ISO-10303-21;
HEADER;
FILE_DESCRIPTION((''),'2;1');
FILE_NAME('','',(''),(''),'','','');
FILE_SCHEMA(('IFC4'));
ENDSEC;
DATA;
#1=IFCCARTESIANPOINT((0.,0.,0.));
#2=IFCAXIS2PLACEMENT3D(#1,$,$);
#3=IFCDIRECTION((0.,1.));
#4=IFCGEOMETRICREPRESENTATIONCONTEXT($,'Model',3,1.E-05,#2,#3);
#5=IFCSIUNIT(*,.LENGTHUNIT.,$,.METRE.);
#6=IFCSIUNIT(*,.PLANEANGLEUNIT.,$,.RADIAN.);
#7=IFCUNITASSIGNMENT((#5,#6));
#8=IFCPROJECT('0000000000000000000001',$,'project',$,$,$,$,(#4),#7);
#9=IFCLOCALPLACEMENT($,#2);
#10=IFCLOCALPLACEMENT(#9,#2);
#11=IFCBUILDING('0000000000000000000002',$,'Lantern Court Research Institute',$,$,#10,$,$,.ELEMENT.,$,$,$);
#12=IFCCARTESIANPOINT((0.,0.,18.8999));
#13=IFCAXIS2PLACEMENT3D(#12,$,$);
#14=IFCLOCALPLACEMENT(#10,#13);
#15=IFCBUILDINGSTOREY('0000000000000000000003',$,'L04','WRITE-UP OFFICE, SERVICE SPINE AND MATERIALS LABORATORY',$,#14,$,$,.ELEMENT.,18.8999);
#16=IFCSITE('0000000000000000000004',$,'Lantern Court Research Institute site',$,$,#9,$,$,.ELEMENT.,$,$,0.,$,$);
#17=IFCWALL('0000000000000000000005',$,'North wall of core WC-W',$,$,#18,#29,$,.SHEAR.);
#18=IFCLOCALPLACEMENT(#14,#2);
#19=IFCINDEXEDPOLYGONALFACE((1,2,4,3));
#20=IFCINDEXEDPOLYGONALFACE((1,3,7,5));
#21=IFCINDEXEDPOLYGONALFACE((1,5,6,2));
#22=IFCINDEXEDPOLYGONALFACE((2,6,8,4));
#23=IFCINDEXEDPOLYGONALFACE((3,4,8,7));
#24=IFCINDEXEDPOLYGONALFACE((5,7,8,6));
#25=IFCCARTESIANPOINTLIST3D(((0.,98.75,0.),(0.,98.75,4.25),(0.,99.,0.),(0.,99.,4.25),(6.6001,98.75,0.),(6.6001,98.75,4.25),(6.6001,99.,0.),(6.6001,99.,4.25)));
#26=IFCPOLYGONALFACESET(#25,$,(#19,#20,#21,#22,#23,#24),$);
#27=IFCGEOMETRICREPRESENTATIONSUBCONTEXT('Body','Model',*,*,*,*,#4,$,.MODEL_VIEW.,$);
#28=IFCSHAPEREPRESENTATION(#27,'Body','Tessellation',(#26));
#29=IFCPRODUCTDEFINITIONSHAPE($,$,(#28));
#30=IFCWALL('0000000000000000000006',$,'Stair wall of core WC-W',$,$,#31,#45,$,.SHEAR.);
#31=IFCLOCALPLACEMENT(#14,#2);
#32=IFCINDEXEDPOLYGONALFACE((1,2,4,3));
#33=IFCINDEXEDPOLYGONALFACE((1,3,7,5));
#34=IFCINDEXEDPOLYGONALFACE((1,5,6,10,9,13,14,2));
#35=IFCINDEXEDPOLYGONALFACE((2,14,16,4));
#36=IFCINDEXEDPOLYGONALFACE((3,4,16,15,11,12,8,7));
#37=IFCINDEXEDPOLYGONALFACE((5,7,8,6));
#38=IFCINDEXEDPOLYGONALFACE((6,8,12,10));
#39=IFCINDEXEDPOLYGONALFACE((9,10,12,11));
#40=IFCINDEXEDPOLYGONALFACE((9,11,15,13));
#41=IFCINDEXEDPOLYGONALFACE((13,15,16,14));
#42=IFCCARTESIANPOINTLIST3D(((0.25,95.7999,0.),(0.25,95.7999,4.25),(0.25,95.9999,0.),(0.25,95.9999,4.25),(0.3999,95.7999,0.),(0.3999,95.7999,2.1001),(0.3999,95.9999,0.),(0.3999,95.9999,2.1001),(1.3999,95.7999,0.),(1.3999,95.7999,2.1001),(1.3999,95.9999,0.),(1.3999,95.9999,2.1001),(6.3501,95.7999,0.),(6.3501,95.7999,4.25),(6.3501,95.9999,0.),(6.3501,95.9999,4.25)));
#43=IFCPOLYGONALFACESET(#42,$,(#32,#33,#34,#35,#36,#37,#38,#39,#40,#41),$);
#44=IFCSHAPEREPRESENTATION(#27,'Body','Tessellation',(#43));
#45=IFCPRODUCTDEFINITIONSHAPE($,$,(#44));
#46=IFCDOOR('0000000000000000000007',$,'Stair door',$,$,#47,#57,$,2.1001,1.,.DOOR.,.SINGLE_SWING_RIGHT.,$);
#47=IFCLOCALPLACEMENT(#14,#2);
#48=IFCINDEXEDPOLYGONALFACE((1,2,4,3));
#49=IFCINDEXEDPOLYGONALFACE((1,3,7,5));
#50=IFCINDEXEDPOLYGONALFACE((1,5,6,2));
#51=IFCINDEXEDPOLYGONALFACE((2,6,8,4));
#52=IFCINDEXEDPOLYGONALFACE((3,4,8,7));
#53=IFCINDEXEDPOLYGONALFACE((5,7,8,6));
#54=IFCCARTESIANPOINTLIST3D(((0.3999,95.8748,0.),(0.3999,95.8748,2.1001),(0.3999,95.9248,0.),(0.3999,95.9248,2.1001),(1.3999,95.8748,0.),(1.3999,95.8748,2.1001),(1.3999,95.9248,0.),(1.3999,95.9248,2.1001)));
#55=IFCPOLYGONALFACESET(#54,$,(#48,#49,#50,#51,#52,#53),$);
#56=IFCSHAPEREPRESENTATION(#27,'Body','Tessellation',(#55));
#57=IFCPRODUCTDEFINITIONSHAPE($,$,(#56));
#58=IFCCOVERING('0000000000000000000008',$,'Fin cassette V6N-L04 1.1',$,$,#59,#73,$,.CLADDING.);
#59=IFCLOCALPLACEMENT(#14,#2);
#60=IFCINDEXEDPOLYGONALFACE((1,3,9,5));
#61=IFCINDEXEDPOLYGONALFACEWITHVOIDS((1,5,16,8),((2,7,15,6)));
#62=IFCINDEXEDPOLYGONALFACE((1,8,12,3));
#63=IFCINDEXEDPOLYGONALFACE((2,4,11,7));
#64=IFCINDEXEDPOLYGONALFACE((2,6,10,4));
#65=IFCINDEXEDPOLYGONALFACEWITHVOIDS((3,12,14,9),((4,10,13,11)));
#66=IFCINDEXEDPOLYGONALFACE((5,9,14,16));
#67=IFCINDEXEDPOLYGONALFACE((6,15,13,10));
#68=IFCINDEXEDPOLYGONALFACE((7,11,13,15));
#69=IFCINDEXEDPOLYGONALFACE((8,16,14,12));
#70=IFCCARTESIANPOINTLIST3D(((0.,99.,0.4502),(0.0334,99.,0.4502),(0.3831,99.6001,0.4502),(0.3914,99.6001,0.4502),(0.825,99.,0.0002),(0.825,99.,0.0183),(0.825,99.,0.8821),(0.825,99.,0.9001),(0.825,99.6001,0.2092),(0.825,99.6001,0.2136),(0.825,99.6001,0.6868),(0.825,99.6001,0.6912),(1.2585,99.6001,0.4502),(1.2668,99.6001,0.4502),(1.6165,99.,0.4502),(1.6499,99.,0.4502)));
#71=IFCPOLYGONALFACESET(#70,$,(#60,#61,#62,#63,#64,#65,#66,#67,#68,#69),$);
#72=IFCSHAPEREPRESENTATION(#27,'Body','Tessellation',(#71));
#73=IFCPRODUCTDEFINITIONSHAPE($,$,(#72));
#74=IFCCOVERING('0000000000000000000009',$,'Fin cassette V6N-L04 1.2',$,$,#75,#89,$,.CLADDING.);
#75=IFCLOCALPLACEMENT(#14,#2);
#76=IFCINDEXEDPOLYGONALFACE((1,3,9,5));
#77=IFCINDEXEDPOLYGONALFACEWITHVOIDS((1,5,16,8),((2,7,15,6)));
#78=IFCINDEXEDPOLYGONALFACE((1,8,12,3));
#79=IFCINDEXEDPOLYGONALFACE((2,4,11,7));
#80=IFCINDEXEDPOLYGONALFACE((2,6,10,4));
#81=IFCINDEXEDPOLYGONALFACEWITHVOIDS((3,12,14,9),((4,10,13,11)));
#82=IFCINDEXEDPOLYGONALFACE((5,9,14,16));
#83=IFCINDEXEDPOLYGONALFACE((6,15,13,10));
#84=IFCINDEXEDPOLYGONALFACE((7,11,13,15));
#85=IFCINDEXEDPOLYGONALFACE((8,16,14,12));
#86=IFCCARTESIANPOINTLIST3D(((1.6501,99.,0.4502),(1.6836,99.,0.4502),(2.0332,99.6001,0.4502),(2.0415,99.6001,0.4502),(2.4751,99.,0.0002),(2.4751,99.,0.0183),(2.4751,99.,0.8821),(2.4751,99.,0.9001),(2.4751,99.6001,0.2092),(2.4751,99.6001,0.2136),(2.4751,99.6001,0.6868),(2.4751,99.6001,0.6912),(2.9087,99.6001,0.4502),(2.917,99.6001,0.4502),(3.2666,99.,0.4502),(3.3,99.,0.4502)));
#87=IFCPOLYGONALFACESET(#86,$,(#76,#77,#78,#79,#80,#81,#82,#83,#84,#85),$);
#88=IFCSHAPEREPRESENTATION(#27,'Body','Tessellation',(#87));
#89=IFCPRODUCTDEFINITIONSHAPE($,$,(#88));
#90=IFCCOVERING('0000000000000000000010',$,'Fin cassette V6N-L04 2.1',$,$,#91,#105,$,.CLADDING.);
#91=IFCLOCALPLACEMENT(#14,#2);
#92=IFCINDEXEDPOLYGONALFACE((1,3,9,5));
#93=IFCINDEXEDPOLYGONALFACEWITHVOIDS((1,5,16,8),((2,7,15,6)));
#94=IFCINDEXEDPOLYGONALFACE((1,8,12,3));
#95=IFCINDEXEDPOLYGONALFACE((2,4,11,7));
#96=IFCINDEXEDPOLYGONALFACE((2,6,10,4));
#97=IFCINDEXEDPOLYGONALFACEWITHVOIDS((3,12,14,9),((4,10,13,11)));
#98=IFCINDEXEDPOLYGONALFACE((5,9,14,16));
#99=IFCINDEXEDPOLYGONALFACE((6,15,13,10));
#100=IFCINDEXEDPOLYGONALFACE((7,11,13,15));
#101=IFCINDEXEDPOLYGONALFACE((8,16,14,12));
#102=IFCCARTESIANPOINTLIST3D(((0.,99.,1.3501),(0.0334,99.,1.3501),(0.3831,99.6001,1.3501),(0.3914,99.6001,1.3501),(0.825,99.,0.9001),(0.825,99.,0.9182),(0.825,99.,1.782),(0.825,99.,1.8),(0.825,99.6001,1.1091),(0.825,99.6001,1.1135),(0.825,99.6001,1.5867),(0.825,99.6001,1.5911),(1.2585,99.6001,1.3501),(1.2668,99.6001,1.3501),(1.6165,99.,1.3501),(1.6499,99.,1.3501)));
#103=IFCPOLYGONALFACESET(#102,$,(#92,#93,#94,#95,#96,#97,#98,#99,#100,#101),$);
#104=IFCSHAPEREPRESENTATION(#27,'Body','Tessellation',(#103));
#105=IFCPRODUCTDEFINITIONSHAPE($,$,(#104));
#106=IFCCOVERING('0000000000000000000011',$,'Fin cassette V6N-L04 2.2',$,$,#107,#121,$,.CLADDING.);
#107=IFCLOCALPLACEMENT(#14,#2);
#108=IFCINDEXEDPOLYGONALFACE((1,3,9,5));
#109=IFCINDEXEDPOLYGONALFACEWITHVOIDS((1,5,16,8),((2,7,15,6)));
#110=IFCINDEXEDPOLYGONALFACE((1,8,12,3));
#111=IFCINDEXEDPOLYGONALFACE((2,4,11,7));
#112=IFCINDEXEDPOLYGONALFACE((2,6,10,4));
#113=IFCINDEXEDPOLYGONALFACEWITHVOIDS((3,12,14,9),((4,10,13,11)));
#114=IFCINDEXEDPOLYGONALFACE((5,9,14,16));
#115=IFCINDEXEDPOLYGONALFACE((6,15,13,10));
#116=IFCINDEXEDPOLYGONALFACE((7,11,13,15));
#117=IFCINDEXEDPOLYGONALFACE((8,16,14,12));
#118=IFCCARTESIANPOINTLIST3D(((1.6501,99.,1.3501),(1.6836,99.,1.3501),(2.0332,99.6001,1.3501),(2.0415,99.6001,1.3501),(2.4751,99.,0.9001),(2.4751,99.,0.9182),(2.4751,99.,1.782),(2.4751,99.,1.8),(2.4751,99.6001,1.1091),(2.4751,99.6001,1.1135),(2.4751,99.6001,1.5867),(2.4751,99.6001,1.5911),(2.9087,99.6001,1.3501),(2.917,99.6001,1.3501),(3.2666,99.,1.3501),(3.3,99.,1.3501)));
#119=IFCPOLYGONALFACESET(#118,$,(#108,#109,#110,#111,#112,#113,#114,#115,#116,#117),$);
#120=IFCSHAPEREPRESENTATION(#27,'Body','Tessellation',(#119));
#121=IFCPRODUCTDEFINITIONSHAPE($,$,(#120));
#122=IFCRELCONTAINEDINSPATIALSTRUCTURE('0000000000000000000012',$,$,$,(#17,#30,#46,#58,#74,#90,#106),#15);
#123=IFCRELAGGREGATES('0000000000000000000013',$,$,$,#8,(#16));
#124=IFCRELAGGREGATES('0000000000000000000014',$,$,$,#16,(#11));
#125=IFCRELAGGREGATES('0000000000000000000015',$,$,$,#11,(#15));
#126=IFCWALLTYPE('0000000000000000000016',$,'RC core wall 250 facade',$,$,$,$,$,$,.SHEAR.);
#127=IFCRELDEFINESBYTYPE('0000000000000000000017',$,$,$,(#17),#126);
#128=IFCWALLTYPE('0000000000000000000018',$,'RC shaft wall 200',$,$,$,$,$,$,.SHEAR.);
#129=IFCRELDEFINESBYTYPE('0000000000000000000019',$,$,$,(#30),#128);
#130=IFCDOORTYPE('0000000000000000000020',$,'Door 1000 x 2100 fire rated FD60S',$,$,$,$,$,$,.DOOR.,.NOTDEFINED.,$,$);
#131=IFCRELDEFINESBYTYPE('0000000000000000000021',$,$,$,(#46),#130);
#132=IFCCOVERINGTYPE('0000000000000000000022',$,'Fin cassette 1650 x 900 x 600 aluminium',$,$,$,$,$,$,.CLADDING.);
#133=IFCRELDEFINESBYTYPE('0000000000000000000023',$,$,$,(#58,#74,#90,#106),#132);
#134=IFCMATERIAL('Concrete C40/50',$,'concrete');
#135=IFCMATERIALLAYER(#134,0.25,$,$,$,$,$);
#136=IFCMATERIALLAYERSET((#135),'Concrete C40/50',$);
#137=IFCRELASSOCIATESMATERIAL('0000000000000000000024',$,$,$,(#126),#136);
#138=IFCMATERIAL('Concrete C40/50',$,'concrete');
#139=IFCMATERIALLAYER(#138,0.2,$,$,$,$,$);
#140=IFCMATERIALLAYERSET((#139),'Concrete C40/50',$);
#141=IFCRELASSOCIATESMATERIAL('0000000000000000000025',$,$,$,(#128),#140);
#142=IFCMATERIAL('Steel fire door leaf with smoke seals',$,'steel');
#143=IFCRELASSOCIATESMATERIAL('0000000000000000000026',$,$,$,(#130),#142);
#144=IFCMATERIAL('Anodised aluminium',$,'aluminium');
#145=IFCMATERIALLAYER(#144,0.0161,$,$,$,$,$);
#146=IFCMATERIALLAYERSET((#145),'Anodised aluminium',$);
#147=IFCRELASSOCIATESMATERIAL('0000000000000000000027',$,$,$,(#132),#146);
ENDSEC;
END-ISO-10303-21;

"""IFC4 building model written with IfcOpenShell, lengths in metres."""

from ifc_helpers import new_model, entity, si_unit, direction, frame, frame_2d, origin, place, context, subcontext, project, spatial, rectangle, extrude, material, layer, layer_set, type_object, element, fill, save


model = new_model("IFC4")

# Units and contexts
model_context = context("Model", 3, precision=1e-05, world=origin(), true_north=direction((0.0, 1.0)))
body_context = subcontext(model_context, "Body", "Model", "MODEL_VIEW")
ifc_project = project(units=[si_unit("LENGTHUNIT", "METRE"), si_unit("PLANEANGLEUNIT", "RADIAN")], contexts=[model_context])

# Site, building, storey
site_placement = place(None, origin())
site = spatial("IfcSite", under=ifc_project, at=site_placement, Name="Lantern Court Research Institute site", CompositionType="ELEMENT", RefElevation=0.0)
building_placement = place(site_placement, origin())
building = spatial("IfcBuilding", under=site, at=building_placement, Name="Lantern Court Research Institute", CompositionType="ELEMENT")
storey_placement = place(building_placement, frame((0.0, 0.0, 18.8999)))
storey = spatial("IfcBuildingStorey", under=building, at=storey_placement, Name="L04", Description="WRITE-UP OFFICE, SERVICE SPINE AND MATERIALS LABORATORY", CompositionType="ELEMENT", Elevation=18.8999)

# Wall
ifc_material_1 = material(Name="Concrete C40/50", Category="concrete")
ifc_layer_1 = layer(ifc_material_1, 0.25)
ifc_layer_set_1 = layer_set([ifc_layer_1], Name="Concrete C40/50")
wall_type_1 = type_object("IfcWallType", Name="RC core wall 250 facade", PredefinedType="SHEAR", material=ifc_layer_set_1)
wall_1_placement = place(storey_placement, frame((0.0, 98.875, 0.0), z_axis=(0.0, 0.0, 1.0), x_axis=(1.0, 0.0, 0.0)))
element("IfcWall", 1, at=wall_1_placement, inside=storey, type_object=wall_type_1, Name="North wall of core WC-W", PredefinedType="SHEAR", context=body_context, shape_type="SweptSolid", body=[
    extrude(rectangle(XDim=6.6001, YDim=0.25, at=frame_2d((3.3, 0.0))), origin(), (0.0, 0.0, 1.0), 4.25),
])

# Wall, opening, door
ifc_material_2 = material(Name="Concrete C40/50", Category="concrete")
ifc_layer_2 = layer(ifc_material_2, 0.2)
ifc_layer_set_2 = layer_set([ifc_layer_2], Name="Concrete C40/50")
wall_type_2 = type_object("IfcWallType", Name="RC shaft wall 200", PredefinedType="SHEAR", material=ifc_layer_set_2)
wall_2_placement = place(storey_placement, frame((0.25, 95.8999, 0.0), z_axis=(0.0, 0.0, 1.0), x_axis=(1.0, 0.0, 0.0)))
wall_2 = element("IfcWall", 2, at=wall_2_placement, inside=storey, type_object=wall_type_2, Name="Stair wall of core WC-W", PredefinedType="SHEAR", context=body_context, shape_type="SweptSolid", body=[
    extrude(rectangle(XDim=6.1001, YDim=0.2, at=frame_2d((3.05, 0.0))), origin(), (0.0, 0.0, 1.0), 4.25),
])
opening_placement = place(wall_2_placement, frame((0.1499, 0.0, 0.0)))
opening = element("IfcOpeningElement", 3, at=opening_placement, cuts=wall_2, PredefinedType="OPENING", context=body_context, shape_type="SweptSolid", body=[
    extrude(rectangle(XDim=1.0, YDim=2.1001, at=frame_2d((0.5, 1.05))), frame((0.0, 0.1099, 0.0), z_axis=(0.0, -1.0, 0.0), x_axis=(1.0, 0.0, 0.0)), (0.0, 0.0, 1.0), 0.22),
])
ifc_material_3 = material(Name="Steel fire door leaf with smoke seals", Category="steel")
door_type = type_object("IfcDoorType", Name="Door 1000 x 2100 fire rated FD60S", OperationType="NOTDEFINED", PredefinedType="DOOR", material=ifc_material_3)
door_placement = place(opening_placement, origin())
door = element("IfcDoor", 4, at=door_placement, inside=storey, type_object=door_type, Name="Stair door", OperationType="SINGLE_SWING_RIGHT", OverallHeight=2.1001, OverallWidth=1.0, PredefinedType="DOOR", context=body_context, shape_type="SweptSolid", body=[
    extrude(rectangle(XDim=1.0, YDim=2.1001, at=frame_2d((0.5, 1.05))), frame((0.0, 0.0249, 0.0), z_axis=(0.0, -1.0, 0.0), x_axis=(1.0, 0.0, 0.0)), (0.0, 0.0, 1.0), 0.05),
])
fill(opening, door)

# Coverings
ifc_material_4 = material(Name="Anodised aluminium", Category="aluminium")
ifc_layer_3 = layer(ifc_material_4, 0.0161)
ifc_layer_set_3 = layer_set([ifc_layer_3], Name="Anodised aluminium")
covering_type = type_object("IfcCoveringType", Name="Fin cassette 1650 x 900 x 600 aluminium", PredefinedType="CLADDING", material=ifc_layer_set_3)
covering_1_placement = place(storey_placement, frame((0.825, 99.0, 0.4502), z_axis=(0.0, 1.0, 0.0), x_axis=(-1.0, 0.0, 0.0)))
cartesian_point_1 = entity("IfcCartesianPoint", [0.825, 0.0])
cartesian_point_2 = entity("IfcCartesianPoint", [0.7915, 0.0])
cartesian_point_3 = entity("IfcCartesianPoint", [0.4419, 0.0])
cartesian_point_4 = entity("IfcCartesianPoint", [0.4336, 0.0])
element("IfcCovering", 5, at=covering_1_placement, inside=storey, type_object=covering_type, Name="Fin cassette V6N-L04 1.1", PredefinedType="CLADDING", context=body_context, shape_type="SweptSolid", body=[
    entity("IfcExtrudedAreaSolidTapered", entity("IfcArbitraryProfileDefWithVoids", "AREA", None, entity("IfcPolyline", [cartesian_point_1, entity("IfcCartesianPoint", [0.0, 0.45]), entity("IfcCartesianPoint", [-0.825, 0.0]), entity("IfcCartesianPoint", [0.0, -0.45]), cartesian_point_1]), [entity("IfcPolyline", [cartesian_point_2, entity("IfcCartesianPoint", [0.0, 0.4319]), entity("IfcCartesianPoint", [-0.7915, 0.0]), entity("IfcCartesianPoint", [0.0, -0.4319]), cartesian_point_2])]), entity("IfcAxis2Placement3D", entity("IfcCartesianPoint", [0.0, 0.0, 0.0])), entity("IfcDirection", [0.0, 0.0, 1.0]), 0.6001, entity("IfcArbitraryProfileDefWithVoids", "AREA", None, entity("IfcPolyline", [cartesian_point_3, entity("IfcCartesianPoint", [0.0, 0.241]), entity("IfcCartesianPoint", [-0.4419, 0.0]), entity("IfcCartesianPoint", [0.0, -0.241]), cartesian_point_3]), [entity("IfcPolyline", [cartesian_point_4, entity("IfcCartesianPoint", [0.0, 0.2366]), entity("IfcCartesianPoint", [-0.4336, 0.0]), entity("IfcCartesianPoint", [0.0, -0.2366]), cartesian_point_4])])),
])
covering_2_placement = place(storey_placement, frame((2.4751, 99.0, 0.4502), z_axis=(0.0, 1.0, 0.0), x_axis=(-1.0, 0.0, 0.0)))
cartesian_point_5 = entity("IfcCartesianPoint", [0.825, 0.0])
cartesian_point_6 = entity("IfcCartesianPoint", [0.7915, 0.0])
cartesian_point_7 = entity("IfcCartesianPoint", [0.4419, 0.0])
cartesian_point_8 = entity("IfcCartesianPoint", [0.4336, 0.0])
element("IfcCovering", 6, at=covering_2_placement, inside=storey, type_object=covering_type, Name="Fin cassette V6N-L04 1.2", PredefinedType="CLADDING", context=body_context, shape_type="SweptSolid", body=[
    entity("IfcExtrudedAreaSolidTapered", entity("IfcArbitraryProfileDefWithVoids", "AREA", None, entity("IfcPolyline", [cartesian_point_5, entity("IfcCartesianPoint", [0.0, 0.45]), entity("IfcCartesianPoint", [-0.825, 0.0]), entity("IfcCartesianPoint", [0.0, -0.45]), cartesian_point_5]), [entity("IfcPolyline", [cartesian_point_6, entity("IfcCartesianPoint", [0.0, 0.4319]), entity("IfcCartesianPoint", [-0.7915, 0.0]), entity("IfcCartesianPoint", [0.0, -0.4319]), cartesian_point_6])]), entity("IfcAxis2Placement3D", entity("IfcCartesianPoint", [0.0, 0.0, 0.0])), entity("IfcDirection", [0.0, 0.0, 1.0]), 0.6001, entity("IfcArbitraryProfileDefWithVoids", "AREA", None, entity("IfcPolyline", [cartesian_point_7, entity("IfcCartesianPoint", [0.0, 0.241]), entity("IfcCartesianPoint", [-0.4419, 0.0]), entity("IfcCartesianPoint", [0.0, -0.241]), cartesian_point_7]), [entity("IfcPolyline", [cartesian_point_8, entity("IfcCartesianPoint", [0.0, 0.2366]), entity("IfcCartesianPoint", [-0.4336, 0.0]), entity("IfcCartesianPoint", [0.0, -0.2366]), cartesian_point_8])])),
])
covering_3_placement = place(storey_placement, frame((0.825, 99.0, 1.3501), z_axis=(0.0, 1.0, 0.0), x_axis=(-1.0, 0.0, 0.0)))
cartesian_point_9 = entity("IfcCartesianPoint", [0.825, 0.0])
cartesian_point_10 = entity("IfcCartesianPoint", [0.7915, 0.0])
cartesian_point_11 = entity("IfcCartesianPoint", [0.4419, 0.0])
cartesian_point_12 = entity("IfcCartesianPoint", [0.4336, 0.0])
element("IfcCovering", 7, at=covering_3_placement, inside=storey, type_object=covering_type, Name="Fin cassette V6N-L04 2.1", PredefinedType="CLADDING", context=body_context, shape_type="SweptSolid", body=[
    entity("IfcExtrudedAreaSolidTapered", entity("IfcArbitraryProfileDefWithVoids", "AREA", None, entity("IfcPolyline", [cartesian_point_9, entity("IfcCartesianPoint", [0.0, 0.45]), entity("IfcCartesianPoint", [-0.825, 0.0]), entity("IfcCartesianPoint", [0.0, -0.45]), cartesian_point_9]), [entity("IfcPolyline", [cartesian_point_10, entity("IfcCartesianPoint", [0.0, 0.4319]), entity("IfcCartesianPoint", [-0.7915, 0.0]), entity("IfcCartesianPoint", [0.0, -0.4319]), cartesian_point_10])]), entity("IfcAxis2Placement3D", entity("IfcCartesianPoint", [0.0, 0.0, 0.0])), entity("IfcDirection", [0.0, 0.0, 1.0]), 0.6001, entity("IfcArbitraryProfileDefWithVoids", "AREA", None, entity("IfcPolyline", [cartesian_point_11, entity("IfcCartesianPoint", [0.0, 0.241]), entity("IfcCartesianPoint", [-0.4419, 0.0]), entity("IfcCartesianPoint", [0.0, -0.241]), cartesian_point_11]), [entity("IfcPolyline", [cartesian_point_12, entity("IfcCartesianPoint", [0.0, 0.2366]), entity("IfcCartesianPoint", [-0.4336, 0.0]), entity("IfcCartesianPoint", [0.0, -0.2366]), cartesian_point_12])])),
])
covering_4_placement = place(storey_placement, frame((2.4751, 99.0, 1.3501), z_axis=(0.0, 1.0, 0.0), x_axis=(-1.0, 0.0, 0.0)))
cartesian_point_13 = entity("IfcCartesianPoint", [0.825, 0.0])
cartesian_point_14 = entity("IfcCartesianPoint", [0.7915, 0.0])
cartesian_point_15 = entity("IfcCartesianPoint", [0.4419, 0.0])
cartesian_point_16 = entity("IfcCartesianPoint", [0.4336, 0.0])
element("IfcCovering", 8, at=covering_4_placement, inside=storey, type_object=covering_type, Name="Fin cassette V6N-L04 2.2", PredefinedType="CLADDING", context=body_context, shape_type="SweptSolid", body=[
    entity("IfcExtrudedAreaSolidTapered", entity("IfcArbitraryProfileDefWithVoids", "AREA", None, entity("IfcPolyline", [cartesian_point_13, entity("IfcCartesianPoint", [0.0, 0.45]), entity("IfcCartesianPoint", [-0.825, 0.0]), entity("IfcCartesianPoint", [0.0, -0.45]), cartesian_point_13]), [entity("IfcPolyline", [cartesian_point_14, entity("IfcCartesianPoint", [0.0, 0.4319]), entity("IfcCartesianPoint", [-0.7915, 0.0]), entity("IfcCartesianPoint", [0.0, -0.4319]), cartesian_point_14])]), entity("IfcAxis2Placement3D", entity("IfcCartesianPoint", [0.0, 0.0, 0.0])), entity("IfcDirection", [0.0, 0.0, 1.0]), 0.6001, entity("IfcArbitraryProfileDefWithVoids", "AREA", None, entity("IfcPolyline", [cartesian_point_15, entity("IfcCartesianPoint", [0.0, 0.241]), entity("IfcCartesianPoint", [-0.4419, 0.0]), entity("IfcCartesianPoint", [0.0, -0.241]), cartesian_point_15]), [entity("IfcPolyline", [cartesian_point_16, entity("IfcCartesianPoint", [0.0, 0.2366]), entity("IfcCartesianPoint", [-0.4336, 0.0]), entity("IfcCartesianPoint", [0.0, -0.2366]), cartesian_point_16])])),
])

save(model, "model.ifc")
